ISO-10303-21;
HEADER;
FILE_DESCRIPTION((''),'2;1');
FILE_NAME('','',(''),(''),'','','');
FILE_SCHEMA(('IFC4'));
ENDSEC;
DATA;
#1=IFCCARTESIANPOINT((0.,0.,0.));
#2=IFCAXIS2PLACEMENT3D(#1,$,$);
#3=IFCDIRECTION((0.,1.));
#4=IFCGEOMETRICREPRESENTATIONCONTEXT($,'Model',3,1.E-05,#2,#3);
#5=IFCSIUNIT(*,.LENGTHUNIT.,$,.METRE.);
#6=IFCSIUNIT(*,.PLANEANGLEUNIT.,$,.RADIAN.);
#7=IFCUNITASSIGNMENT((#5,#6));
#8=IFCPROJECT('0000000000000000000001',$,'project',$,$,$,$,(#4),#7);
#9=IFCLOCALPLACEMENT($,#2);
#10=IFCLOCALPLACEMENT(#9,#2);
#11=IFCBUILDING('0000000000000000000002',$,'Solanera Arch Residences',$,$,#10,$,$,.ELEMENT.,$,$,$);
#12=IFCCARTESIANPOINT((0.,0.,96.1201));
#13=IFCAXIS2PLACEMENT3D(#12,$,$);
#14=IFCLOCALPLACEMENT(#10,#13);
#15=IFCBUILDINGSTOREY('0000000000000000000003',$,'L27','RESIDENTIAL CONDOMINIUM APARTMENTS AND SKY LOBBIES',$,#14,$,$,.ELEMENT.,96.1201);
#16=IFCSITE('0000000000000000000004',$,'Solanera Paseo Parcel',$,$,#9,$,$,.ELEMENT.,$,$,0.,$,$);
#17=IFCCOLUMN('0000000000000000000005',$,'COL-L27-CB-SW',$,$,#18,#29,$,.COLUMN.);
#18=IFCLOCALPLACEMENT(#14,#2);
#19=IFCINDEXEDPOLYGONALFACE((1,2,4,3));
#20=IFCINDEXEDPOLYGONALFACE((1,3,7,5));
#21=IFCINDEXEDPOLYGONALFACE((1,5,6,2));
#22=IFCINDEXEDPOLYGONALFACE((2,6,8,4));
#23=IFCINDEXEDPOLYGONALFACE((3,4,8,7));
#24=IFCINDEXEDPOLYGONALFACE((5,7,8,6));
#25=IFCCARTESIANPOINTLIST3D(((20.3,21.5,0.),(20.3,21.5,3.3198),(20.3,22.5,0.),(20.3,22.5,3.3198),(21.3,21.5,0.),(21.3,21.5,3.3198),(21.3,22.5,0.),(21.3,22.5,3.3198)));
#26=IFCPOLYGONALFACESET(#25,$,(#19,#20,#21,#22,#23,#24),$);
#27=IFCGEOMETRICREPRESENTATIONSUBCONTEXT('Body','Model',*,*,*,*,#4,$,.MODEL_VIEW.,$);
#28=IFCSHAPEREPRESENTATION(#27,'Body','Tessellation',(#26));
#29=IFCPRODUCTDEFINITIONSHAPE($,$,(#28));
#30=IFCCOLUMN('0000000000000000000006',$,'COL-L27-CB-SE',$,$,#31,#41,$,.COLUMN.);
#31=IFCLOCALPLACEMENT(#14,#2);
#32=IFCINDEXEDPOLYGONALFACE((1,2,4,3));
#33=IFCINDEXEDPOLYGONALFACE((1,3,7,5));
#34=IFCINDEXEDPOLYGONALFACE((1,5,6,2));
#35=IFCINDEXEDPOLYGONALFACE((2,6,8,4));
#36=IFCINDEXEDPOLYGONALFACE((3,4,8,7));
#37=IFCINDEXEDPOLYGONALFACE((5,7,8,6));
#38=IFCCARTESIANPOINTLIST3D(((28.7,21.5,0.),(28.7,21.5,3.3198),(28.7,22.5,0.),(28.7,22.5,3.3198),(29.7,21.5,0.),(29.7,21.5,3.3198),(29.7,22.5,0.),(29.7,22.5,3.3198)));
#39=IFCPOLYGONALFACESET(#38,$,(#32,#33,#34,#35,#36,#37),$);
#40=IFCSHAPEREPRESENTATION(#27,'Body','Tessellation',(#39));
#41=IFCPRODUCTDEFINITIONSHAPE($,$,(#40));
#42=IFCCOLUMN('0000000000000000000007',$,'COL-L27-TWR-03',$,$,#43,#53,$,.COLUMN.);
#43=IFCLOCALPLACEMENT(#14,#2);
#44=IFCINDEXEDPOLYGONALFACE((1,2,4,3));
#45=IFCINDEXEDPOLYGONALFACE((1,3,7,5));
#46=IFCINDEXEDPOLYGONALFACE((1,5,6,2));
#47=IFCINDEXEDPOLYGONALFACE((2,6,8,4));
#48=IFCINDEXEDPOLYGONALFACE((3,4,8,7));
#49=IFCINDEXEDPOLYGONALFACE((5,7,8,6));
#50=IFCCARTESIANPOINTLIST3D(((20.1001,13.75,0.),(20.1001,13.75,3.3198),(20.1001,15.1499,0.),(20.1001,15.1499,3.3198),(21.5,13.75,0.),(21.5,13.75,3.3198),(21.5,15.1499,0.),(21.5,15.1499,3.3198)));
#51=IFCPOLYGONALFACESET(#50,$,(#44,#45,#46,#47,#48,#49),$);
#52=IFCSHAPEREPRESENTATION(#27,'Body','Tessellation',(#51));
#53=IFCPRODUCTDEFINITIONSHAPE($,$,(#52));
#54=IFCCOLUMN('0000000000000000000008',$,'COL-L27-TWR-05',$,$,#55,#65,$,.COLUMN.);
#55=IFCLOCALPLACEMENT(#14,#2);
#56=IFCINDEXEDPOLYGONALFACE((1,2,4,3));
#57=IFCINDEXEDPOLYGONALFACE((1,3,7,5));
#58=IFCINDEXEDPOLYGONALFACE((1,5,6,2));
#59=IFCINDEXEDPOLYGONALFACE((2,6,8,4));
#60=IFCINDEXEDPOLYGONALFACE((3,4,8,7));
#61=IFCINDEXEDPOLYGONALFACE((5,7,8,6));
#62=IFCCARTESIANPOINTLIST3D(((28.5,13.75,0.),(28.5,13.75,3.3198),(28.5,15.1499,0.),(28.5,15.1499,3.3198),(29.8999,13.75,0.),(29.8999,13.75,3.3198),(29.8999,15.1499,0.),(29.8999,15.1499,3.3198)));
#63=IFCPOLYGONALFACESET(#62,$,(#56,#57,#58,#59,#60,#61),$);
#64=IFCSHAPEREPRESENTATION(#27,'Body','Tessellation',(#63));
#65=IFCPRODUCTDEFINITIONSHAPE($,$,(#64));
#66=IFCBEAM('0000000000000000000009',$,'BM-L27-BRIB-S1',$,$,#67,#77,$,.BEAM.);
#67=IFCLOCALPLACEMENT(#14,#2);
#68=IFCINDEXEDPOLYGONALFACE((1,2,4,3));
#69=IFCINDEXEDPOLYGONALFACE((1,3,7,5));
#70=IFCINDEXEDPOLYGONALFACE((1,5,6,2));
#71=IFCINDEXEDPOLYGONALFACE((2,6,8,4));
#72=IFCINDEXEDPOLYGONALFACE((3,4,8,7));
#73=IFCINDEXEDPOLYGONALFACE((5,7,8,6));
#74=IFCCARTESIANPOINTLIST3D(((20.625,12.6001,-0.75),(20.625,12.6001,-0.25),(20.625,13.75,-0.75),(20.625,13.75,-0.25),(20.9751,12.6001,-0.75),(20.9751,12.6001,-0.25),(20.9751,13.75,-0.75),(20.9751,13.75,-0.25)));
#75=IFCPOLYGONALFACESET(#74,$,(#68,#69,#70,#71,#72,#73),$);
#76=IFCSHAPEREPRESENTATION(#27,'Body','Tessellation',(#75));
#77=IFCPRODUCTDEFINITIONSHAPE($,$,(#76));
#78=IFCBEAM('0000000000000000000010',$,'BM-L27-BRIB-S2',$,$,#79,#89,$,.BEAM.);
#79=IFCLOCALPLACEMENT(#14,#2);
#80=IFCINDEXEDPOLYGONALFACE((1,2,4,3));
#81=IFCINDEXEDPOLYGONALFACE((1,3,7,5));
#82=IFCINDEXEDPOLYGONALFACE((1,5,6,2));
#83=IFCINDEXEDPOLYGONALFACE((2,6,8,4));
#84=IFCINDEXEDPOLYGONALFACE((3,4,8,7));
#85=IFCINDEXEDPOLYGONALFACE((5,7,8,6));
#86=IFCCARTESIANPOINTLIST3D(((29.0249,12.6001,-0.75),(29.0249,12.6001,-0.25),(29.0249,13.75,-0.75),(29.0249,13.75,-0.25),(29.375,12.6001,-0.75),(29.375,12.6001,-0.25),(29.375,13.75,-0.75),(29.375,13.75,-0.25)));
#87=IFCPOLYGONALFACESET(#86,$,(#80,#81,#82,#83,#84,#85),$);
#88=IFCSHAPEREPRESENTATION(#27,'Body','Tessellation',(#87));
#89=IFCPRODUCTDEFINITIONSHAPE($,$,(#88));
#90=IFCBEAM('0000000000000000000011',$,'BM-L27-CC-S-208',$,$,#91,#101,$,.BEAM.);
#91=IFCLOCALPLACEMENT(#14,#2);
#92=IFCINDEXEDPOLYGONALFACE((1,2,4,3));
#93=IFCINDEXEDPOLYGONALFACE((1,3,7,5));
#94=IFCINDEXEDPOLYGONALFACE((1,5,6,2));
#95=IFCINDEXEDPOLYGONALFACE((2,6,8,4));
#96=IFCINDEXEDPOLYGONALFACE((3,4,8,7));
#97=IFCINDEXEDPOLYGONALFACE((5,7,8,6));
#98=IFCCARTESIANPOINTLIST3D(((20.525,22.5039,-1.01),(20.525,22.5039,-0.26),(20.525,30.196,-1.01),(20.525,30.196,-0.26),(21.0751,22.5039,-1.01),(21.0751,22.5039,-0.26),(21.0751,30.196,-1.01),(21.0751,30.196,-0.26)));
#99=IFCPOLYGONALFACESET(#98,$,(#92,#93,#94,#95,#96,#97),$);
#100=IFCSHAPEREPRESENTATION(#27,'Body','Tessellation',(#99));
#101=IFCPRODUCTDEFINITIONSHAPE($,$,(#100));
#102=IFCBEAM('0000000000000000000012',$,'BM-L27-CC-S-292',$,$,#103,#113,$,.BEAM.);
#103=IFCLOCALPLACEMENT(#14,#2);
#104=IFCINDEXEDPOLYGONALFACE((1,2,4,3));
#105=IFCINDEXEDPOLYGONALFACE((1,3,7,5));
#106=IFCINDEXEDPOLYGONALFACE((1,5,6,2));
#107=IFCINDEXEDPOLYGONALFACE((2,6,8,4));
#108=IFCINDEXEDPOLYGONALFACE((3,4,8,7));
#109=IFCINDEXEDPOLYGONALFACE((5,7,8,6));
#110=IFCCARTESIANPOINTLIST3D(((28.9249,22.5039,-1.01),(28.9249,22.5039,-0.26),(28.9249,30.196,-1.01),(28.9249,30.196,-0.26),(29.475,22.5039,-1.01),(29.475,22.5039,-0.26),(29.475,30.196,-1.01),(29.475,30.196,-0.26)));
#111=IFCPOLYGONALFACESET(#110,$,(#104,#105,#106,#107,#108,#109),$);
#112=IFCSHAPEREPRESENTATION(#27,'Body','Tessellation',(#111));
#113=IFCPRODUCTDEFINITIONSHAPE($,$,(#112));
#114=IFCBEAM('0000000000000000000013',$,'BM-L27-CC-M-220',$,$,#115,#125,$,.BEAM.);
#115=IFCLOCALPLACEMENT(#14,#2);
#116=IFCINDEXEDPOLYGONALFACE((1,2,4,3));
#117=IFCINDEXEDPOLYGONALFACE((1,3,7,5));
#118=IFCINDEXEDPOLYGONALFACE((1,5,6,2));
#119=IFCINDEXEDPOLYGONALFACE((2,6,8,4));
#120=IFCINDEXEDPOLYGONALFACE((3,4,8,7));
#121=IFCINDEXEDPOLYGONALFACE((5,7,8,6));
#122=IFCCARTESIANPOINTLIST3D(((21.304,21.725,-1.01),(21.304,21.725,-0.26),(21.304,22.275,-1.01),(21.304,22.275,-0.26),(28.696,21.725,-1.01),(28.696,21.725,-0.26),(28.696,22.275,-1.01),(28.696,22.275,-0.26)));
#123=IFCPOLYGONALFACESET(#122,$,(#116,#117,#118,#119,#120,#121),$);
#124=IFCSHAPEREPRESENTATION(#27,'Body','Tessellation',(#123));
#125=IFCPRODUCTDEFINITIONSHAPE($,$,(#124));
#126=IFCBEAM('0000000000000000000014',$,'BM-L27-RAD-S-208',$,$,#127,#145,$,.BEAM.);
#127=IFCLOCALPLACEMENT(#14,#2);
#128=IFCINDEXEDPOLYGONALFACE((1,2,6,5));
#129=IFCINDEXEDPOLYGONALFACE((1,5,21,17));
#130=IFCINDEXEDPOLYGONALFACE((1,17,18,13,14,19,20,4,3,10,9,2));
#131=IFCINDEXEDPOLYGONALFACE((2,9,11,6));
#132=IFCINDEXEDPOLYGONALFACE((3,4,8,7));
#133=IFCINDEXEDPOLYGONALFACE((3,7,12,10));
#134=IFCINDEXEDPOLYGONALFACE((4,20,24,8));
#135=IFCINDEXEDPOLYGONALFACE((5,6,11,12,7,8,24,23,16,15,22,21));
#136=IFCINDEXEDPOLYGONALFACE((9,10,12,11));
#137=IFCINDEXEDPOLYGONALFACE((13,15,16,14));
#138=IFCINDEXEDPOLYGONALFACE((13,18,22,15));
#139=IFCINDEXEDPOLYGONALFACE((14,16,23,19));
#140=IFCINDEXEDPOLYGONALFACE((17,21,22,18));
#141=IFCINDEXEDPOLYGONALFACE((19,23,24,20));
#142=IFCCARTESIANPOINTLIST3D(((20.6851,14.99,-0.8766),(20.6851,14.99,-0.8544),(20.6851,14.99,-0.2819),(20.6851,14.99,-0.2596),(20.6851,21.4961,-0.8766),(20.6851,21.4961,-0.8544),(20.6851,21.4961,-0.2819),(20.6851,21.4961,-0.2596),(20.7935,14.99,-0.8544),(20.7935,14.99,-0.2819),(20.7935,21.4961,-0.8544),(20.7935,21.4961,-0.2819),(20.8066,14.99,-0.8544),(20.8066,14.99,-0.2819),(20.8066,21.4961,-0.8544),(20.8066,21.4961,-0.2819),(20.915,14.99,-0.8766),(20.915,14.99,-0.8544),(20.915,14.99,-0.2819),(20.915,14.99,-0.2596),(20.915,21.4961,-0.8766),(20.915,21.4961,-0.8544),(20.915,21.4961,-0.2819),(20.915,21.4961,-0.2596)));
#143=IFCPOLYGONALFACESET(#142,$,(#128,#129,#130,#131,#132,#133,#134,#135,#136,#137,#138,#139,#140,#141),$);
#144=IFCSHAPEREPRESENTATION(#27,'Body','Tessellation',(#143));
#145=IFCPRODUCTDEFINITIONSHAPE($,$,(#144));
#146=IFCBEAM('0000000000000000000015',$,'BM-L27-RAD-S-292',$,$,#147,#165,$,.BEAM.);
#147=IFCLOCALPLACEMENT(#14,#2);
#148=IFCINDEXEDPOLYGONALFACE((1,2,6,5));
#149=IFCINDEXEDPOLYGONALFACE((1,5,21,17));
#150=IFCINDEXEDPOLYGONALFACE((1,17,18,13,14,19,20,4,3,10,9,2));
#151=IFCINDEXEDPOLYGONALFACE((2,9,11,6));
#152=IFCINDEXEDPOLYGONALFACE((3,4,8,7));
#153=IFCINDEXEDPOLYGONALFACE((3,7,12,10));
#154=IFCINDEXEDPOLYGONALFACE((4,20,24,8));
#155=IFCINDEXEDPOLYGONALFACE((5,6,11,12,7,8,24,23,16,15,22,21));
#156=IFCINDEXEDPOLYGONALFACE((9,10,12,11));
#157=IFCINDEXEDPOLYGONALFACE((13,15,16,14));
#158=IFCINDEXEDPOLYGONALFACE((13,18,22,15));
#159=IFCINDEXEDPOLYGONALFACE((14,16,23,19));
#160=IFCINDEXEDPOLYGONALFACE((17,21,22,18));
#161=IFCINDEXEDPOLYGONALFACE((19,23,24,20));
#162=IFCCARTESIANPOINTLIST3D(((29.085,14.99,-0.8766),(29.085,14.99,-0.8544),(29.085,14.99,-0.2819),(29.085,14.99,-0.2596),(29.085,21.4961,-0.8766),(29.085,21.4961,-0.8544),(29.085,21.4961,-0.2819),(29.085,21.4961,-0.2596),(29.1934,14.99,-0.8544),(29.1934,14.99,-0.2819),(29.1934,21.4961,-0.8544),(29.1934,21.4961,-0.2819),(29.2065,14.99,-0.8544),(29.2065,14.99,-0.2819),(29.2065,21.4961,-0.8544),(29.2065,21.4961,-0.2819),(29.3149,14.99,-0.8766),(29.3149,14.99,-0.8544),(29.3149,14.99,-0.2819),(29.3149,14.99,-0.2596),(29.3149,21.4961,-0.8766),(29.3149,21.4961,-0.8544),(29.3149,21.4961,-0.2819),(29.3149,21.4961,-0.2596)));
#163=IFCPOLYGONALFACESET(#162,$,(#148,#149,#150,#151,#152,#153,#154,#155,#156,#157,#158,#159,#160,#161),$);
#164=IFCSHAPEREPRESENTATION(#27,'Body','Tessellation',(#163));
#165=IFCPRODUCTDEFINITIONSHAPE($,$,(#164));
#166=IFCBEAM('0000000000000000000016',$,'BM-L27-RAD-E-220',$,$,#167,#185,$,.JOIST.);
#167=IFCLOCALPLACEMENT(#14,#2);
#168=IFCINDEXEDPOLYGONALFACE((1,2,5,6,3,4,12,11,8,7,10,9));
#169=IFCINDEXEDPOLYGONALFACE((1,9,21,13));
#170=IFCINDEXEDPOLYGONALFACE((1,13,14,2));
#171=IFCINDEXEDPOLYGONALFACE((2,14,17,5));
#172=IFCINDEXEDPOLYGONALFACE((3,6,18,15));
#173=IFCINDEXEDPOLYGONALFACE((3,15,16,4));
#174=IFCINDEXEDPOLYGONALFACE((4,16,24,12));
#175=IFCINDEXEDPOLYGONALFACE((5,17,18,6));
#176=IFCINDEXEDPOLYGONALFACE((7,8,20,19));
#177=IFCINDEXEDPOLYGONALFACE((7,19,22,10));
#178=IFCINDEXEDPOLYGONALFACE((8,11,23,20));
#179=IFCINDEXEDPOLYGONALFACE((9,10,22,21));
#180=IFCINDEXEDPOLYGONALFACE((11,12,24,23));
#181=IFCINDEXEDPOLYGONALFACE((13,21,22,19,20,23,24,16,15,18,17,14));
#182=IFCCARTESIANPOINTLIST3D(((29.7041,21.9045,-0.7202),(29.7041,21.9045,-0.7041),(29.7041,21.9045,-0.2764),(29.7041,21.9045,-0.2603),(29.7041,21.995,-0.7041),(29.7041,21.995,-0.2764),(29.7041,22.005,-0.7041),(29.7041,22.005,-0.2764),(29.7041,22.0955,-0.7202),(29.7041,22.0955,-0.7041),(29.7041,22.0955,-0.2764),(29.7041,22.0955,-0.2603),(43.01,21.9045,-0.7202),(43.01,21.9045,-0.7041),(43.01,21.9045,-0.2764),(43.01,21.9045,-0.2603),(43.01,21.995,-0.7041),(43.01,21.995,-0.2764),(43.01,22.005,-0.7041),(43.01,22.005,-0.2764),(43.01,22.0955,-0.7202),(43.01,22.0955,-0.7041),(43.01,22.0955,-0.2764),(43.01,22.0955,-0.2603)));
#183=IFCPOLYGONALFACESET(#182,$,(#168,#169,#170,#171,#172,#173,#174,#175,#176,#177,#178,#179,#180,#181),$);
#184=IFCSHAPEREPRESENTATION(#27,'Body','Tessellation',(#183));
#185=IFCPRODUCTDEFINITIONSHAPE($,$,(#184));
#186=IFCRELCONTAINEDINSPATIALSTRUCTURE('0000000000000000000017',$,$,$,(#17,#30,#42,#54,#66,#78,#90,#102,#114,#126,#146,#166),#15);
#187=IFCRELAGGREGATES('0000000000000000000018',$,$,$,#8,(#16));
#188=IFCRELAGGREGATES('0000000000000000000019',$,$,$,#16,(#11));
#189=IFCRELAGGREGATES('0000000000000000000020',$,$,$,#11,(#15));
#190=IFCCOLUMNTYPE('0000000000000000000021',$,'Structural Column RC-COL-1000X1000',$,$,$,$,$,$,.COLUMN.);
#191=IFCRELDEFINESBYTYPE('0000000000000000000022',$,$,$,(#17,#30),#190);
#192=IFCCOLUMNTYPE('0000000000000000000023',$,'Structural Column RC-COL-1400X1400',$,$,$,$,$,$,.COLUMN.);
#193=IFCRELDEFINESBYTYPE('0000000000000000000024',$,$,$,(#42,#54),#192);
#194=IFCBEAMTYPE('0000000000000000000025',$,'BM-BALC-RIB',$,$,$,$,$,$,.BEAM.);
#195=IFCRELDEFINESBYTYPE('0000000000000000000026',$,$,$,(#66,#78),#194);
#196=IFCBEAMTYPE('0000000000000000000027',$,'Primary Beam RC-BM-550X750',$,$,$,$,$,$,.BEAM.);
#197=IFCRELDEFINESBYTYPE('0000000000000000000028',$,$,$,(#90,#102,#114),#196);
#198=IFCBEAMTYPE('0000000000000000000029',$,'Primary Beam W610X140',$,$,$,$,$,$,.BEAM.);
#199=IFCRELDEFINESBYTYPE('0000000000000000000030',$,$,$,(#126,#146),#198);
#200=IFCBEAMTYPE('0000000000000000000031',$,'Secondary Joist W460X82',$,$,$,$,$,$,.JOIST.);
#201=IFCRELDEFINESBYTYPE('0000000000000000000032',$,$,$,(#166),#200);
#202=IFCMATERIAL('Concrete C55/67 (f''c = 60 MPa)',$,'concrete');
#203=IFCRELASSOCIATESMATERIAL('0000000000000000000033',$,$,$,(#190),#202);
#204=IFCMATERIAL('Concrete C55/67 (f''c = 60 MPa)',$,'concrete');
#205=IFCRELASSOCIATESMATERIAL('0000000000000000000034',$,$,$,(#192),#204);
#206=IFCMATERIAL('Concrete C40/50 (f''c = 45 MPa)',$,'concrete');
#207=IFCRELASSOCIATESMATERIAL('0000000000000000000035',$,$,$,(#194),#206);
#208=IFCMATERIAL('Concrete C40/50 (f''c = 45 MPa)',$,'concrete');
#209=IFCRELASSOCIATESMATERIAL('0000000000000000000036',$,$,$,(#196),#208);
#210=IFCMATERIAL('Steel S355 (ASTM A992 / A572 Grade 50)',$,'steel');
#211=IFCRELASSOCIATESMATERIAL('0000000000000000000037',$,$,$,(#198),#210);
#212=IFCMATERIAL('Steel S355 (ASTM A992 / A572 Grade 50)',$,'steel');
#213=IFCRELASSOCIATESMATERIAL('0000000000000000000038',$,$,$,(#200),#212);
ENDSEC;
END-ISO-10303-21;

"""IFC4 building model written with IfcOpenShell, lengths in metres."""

from ifc_helpers import new_model, si_unit, direction, frame, origin, origin_2d, place, context, subcontext, project, spatial, rectangle, i_section, extrude, material, material_profile, profile_set, type_object, element, save


model = new_model("IFC4")

# Units and contexts
model_context = context("Model", 3, precision=1e-05, world=origin(), true_north=direction((0.0, 1.0)))
body_context = subcontext(model_context, "Body", "Model", "MODEL_VIEW")
ifc_project = project(units=[si_unit("LENGTHUNIT", "METRE"), si_unit("PLANEANGLEUNIT", "RADIAN")], contexts=[model_context])

# Site, building, storey
site_placement = place(None, origin())
site = spatial("IfcSite", under=ifc_project, at=site_placement, Name="Solanera Paseo Parcel", CompositionType="ELEMENT", RefElevation=0.0)
building_placement = place(site_placement, origin())
building = spatial("IfcBuilding", under=site, at=building_placement, Name="Solanera Arch Residences", CompositionType="ELEMENT")
storey_placement = place(building_placement, frame((0.0, 0.0, 96.1201)))
storey = spatial("IfcBuildingStorey", under=building, at=storey_placement, Name="L27", Description="RESIDENTIAL CONDOMINIUM APARTMENTS AND SKY LOBBIES", CompositionType="ELEMENT", Elevation=96.1201)

# Columns
ifc_material_1 = material(Name="Concrete C55/67 (f'c = 60 MPa)", Category="concrete")
ifc_material_profile_1 = material_profile(ifc_material_1, rectangle(XDim=1.0, YDim=1.0, at=origin_2d()))
ifc_profile_set_1 = profile_set([ifc_material_profile_1], Name="Concrete C55/67 (f'c = 60 MPa)")
column_type_1 = type_object("IfcColumnType", Name="Structural Column RC-COL-1000X1000", PredefinedType="COLUMN", material=ifc_profile_set_1)
for number, where, z_axis, x_axis, name in (
    (1, (20.8, 22.0, 0.0), (0.0, 0.0, 1.0), (1.0, 0.0, 0.0), "COL-L27-CB-SW"),
    (2, (29.2, 22.0, 0.0), (0.0, 0.0, 1.0), (1.0, 0.0, 0.0), "COL-L27-CB-SE"),
):
    element("IfcColumn", number, at=place(storey_placement, frame(where, z_axis=z_axis, x_axis=x_axis)), inside=storey, type_object=column_type_1, Name=name, PredefinedType="COLUMN", context=body_context, shape_type="SweptSolid", body=[
        extrude(rectangle(XDim=1.0, YDim=1.0, at=origin_2d()), origin(), (0.0, 0.0, 1.0), 3.3198),
    ])
ifc_material_2 = material(Name="Concrete C55/67 (f'c = 60 MPa)", Category="concrete")
ifc_material_profile_2 = material_profile(ifc_material_2, rectangle(XDim=1.3999, YDim=1.3999, at=origin_2d()))
ifc_profile_set_2 = profile_set([ifc_material_profile_2], Name="Concrete C55/67 (f'c = 60 MPa)")
column_type_2 = type_object("IfcColumnType", Name="Structural Column RC-COL-1400X1400", PredefinedType="COLUMN", material=ifc_profile_set_2)
for number, where, z_axis, x_axis, name in (
    (3, (20.8, 14.45, 0.0), (0.0, 0.0, 1.0), (1.0, 0.0, 0.0), "COL-L27-TWR-03"),
    (4, (29.2, 14.45, 0.0), (0.0, 0.0, 1.0), (1.0, 0.0, 0.0), "COL-L27-TWR-05"),
):
    element("IfcColumn", number, at=place(storey_placement, frame(where, z_axis=z_axis, x_axis=x_axis)), inside=storey, type_object=column_type_2, Name=name, PredefinedType="COLUMN", context=body_context, shape_type="SweptSolid", body=[
        extrude(rectangle(XDim=1.3999, YDim=1.3999, at=origin_2d()), origin(), (0.0, 0.0, 1.0), 3.3198),
    ])

# Beams
ifc_material_3 = material(Name="Concrete C40/50 (f'c = 45 MPa)", Category="concrete")
ifc_material_profile_3 = material_profile(ifc_material_3, rectangle(XDim=0.3501, YDim=0.5, at=origin_2d()))
ifc_profile_set_3 = profile_set([ifc_material_profile_3], Name="Concrete C40/50 (f'c = 45 MPa)")
beam_type_1 = type_object("IfcBeamType", Name="BM-BALC-RIB", PredefinedType="BEAM", material=ifc_profile_set_3)
for number, where, z_axis, x_axis, name in (
    (5, (20.8, 12.6001, -0.5), (0.0, 1.0, 0.0), (-1.0, 0.0, 0.0), "BM-L27-BRIB-S1"),
    (6, (29.2, 12.6001, -0.5), (0.0, 1.0, 0.0), (-1.0, 0.0, 0.0), "BM-L27-BRIB-S2"),
):
    element("IfcBeam", number, at=place(storey_placement, frame(where, z_axis=z_axis, x_axis=x_axis)), inside=storey, type_object=beam_type_1, Name=name, PredefinedType="BEAM", context=body_context, shape_type="SweptSolid", body=[
        extrude(rectangle(XDim=0.3501, YDim=0.5, at=origin_2d()), origin(), (0.0, 0.0, 1.0), 1.1499),
    ])
ifc_material_4 = material(Name="Concrete C40/50 (f'c = 45 MPa)", Category="concrete")
ifc_material_profile_4 = material_profile(ifc_material_4, rectangle(XDim=0.55, YDim=0.75, at=origin_2d()))
ifc_profile_set_4 = profile_set([ifc_material_profile_4], Name="Concrete C40/50 (f'c = 45 MPa)")
beam_type_2 = type_object("IfcBeamType", Name="Primary Beam RC-BM-550X750", PredefinedType="BEAM", material=ifc_profile_set_4)
for number, where, z_axis, x_axis, name in (
    (7, (20.8, 22.5039, -0.635), (0.0, 1.0, 0.0), (-1.0, 0.0, 0.0), "BM-L27-CC-S-208"),
    (8, (29.2, 22.5039, -0.635), (0.0, 1.0, 0.0), (-1.0, 0.0, 0.0), "BM-L27-CC-S-292"),
):
    element("IfcBeam", number, at=place(storey_placement, frame(where, z_axis=z_axis, x_axis=x_axis)), inside=storey, type_object=beam_type_2, Name=name, PredefinedType="BEAM", context=body_context, shape_type="SweptSolid", body=[
        extrude(rectangle(XDim=0.55, YDim=0.75, at=origin_2d()), origin(), (0.0, 0.0, 1.0), 7.6921),
    ])
beam_1_placement = place(storey_placement, frame((21.304, 22.0, -0.635), z_axis=(1.0, 0.0, 0.0), x_axis=(0.0, 1.0, 0.0)))
element("IfcBeam", 9, at=beam_1_placement, inside=storey, type_object=beam_type_2, Name="BM-L27-CC-M-220", PredefinedType="BEAM", context=body_context, shape_type="SweptSolid", body=[
    extrude(rectangle(XDim=0.55, YDim=0.75, at=origin_2d()), origin(), (0.0, 0.0, 1.0), 7.3921),
])
ifc_material_5 = material(Name="Steel S355 (ASTM A992 / A572 Grade 50)", Category="steel")
ifc_material_profile_5 = material_profile(ifc_material_5, i_section(OverallWidth=0.23, OverallDepth=0.6169, WebThickness=0.0132, FlangeThickness=0.0222, at=origin_2d()))
ifc_profile_set_5 = profile_set([ifc_material_profile_5], Name="Steel S355 (ASTM A992 / A572 Grade 50)")
beam_type_3 = type_object("IfcBeamType", Name="Primary Beam W610X140", PredefinedType="BEAM", material=ifc_profile_set_5)
for number, where, z_axis, x_axis, name in (
    (10, (20.8, 14.99, -0.5681), (0.0, 1.0, 0.0), (-1.0, 0.0, 0.0), "BM-L27-RAD-S-208"),
    (11, (29.2, 14.99, -0.5681), (0.0, 1.0, 0.0), (-1.0, 0.0, 0.0), "BM-L27-RAD-S-292"),
):
    element("IfcBeam", number, at=place(storey_placement, frame(where, z_axis=z_axis, x_axis=x_axis)), inside=storey, type_object=beam_type_3, Name=name, PredefinedType="BEAM", context=body_context, shape_type="SweptSolid", body=[
        extrude(i_section(OverallWidth=0.23, OverallDepth=0.6169, WebThickness=0.0132, FlangeThickness=0.0222, at=origin_2d()), origin(), (0.0, 0.0, 1.0), 6.5061),
    ])
ifc_material_6 = material(Name="Steel S355 (ASTM A992 / A572 Grade 50)", Category="steel")
ifc_material_profile_6 = material_profile(ifc_material_6, i_section(OverallWidth=0.1909, OverallDepth=0.46, WebThickness=0.01, FlangeThickness=0.0161, at=origin_2d()))
ifc_profile_set_6 = profile_set([ifc_material_profile_6], Name="Steel S355 (ASTM A992 / A572 Grade 50)")
beam_type_4 = type_object("IfcBeamType", Name="Secondary Joist W460X82", PredefinedType="JOIST", material=ifc_profile_set_6)
beam_2_placement = place(storey_placement, frame((29.7041, 22.0, -0.4902), z_axis=(1.0, 0.0, 0.0), x_axis=(0.0, 1.0, 0.0)))
element("IfcBeam", 12, at=beam_2_placement, inside=storey, type_object=beam_type_4, Name="BM-L27-RAD-E-220", PredefinedType="JOIST", context=body_context, shape_type="SweptSolid", body=[
    extrude(i_section(OverallWidth=0.1909, OverallDepth=0.46, WebThickness=0.01, FlangeThickness=0.0161, at=origin_2d()), origin(), (0.0, 0.0, 1.0), 13.3059),
])

save(model, "model.ifc")
